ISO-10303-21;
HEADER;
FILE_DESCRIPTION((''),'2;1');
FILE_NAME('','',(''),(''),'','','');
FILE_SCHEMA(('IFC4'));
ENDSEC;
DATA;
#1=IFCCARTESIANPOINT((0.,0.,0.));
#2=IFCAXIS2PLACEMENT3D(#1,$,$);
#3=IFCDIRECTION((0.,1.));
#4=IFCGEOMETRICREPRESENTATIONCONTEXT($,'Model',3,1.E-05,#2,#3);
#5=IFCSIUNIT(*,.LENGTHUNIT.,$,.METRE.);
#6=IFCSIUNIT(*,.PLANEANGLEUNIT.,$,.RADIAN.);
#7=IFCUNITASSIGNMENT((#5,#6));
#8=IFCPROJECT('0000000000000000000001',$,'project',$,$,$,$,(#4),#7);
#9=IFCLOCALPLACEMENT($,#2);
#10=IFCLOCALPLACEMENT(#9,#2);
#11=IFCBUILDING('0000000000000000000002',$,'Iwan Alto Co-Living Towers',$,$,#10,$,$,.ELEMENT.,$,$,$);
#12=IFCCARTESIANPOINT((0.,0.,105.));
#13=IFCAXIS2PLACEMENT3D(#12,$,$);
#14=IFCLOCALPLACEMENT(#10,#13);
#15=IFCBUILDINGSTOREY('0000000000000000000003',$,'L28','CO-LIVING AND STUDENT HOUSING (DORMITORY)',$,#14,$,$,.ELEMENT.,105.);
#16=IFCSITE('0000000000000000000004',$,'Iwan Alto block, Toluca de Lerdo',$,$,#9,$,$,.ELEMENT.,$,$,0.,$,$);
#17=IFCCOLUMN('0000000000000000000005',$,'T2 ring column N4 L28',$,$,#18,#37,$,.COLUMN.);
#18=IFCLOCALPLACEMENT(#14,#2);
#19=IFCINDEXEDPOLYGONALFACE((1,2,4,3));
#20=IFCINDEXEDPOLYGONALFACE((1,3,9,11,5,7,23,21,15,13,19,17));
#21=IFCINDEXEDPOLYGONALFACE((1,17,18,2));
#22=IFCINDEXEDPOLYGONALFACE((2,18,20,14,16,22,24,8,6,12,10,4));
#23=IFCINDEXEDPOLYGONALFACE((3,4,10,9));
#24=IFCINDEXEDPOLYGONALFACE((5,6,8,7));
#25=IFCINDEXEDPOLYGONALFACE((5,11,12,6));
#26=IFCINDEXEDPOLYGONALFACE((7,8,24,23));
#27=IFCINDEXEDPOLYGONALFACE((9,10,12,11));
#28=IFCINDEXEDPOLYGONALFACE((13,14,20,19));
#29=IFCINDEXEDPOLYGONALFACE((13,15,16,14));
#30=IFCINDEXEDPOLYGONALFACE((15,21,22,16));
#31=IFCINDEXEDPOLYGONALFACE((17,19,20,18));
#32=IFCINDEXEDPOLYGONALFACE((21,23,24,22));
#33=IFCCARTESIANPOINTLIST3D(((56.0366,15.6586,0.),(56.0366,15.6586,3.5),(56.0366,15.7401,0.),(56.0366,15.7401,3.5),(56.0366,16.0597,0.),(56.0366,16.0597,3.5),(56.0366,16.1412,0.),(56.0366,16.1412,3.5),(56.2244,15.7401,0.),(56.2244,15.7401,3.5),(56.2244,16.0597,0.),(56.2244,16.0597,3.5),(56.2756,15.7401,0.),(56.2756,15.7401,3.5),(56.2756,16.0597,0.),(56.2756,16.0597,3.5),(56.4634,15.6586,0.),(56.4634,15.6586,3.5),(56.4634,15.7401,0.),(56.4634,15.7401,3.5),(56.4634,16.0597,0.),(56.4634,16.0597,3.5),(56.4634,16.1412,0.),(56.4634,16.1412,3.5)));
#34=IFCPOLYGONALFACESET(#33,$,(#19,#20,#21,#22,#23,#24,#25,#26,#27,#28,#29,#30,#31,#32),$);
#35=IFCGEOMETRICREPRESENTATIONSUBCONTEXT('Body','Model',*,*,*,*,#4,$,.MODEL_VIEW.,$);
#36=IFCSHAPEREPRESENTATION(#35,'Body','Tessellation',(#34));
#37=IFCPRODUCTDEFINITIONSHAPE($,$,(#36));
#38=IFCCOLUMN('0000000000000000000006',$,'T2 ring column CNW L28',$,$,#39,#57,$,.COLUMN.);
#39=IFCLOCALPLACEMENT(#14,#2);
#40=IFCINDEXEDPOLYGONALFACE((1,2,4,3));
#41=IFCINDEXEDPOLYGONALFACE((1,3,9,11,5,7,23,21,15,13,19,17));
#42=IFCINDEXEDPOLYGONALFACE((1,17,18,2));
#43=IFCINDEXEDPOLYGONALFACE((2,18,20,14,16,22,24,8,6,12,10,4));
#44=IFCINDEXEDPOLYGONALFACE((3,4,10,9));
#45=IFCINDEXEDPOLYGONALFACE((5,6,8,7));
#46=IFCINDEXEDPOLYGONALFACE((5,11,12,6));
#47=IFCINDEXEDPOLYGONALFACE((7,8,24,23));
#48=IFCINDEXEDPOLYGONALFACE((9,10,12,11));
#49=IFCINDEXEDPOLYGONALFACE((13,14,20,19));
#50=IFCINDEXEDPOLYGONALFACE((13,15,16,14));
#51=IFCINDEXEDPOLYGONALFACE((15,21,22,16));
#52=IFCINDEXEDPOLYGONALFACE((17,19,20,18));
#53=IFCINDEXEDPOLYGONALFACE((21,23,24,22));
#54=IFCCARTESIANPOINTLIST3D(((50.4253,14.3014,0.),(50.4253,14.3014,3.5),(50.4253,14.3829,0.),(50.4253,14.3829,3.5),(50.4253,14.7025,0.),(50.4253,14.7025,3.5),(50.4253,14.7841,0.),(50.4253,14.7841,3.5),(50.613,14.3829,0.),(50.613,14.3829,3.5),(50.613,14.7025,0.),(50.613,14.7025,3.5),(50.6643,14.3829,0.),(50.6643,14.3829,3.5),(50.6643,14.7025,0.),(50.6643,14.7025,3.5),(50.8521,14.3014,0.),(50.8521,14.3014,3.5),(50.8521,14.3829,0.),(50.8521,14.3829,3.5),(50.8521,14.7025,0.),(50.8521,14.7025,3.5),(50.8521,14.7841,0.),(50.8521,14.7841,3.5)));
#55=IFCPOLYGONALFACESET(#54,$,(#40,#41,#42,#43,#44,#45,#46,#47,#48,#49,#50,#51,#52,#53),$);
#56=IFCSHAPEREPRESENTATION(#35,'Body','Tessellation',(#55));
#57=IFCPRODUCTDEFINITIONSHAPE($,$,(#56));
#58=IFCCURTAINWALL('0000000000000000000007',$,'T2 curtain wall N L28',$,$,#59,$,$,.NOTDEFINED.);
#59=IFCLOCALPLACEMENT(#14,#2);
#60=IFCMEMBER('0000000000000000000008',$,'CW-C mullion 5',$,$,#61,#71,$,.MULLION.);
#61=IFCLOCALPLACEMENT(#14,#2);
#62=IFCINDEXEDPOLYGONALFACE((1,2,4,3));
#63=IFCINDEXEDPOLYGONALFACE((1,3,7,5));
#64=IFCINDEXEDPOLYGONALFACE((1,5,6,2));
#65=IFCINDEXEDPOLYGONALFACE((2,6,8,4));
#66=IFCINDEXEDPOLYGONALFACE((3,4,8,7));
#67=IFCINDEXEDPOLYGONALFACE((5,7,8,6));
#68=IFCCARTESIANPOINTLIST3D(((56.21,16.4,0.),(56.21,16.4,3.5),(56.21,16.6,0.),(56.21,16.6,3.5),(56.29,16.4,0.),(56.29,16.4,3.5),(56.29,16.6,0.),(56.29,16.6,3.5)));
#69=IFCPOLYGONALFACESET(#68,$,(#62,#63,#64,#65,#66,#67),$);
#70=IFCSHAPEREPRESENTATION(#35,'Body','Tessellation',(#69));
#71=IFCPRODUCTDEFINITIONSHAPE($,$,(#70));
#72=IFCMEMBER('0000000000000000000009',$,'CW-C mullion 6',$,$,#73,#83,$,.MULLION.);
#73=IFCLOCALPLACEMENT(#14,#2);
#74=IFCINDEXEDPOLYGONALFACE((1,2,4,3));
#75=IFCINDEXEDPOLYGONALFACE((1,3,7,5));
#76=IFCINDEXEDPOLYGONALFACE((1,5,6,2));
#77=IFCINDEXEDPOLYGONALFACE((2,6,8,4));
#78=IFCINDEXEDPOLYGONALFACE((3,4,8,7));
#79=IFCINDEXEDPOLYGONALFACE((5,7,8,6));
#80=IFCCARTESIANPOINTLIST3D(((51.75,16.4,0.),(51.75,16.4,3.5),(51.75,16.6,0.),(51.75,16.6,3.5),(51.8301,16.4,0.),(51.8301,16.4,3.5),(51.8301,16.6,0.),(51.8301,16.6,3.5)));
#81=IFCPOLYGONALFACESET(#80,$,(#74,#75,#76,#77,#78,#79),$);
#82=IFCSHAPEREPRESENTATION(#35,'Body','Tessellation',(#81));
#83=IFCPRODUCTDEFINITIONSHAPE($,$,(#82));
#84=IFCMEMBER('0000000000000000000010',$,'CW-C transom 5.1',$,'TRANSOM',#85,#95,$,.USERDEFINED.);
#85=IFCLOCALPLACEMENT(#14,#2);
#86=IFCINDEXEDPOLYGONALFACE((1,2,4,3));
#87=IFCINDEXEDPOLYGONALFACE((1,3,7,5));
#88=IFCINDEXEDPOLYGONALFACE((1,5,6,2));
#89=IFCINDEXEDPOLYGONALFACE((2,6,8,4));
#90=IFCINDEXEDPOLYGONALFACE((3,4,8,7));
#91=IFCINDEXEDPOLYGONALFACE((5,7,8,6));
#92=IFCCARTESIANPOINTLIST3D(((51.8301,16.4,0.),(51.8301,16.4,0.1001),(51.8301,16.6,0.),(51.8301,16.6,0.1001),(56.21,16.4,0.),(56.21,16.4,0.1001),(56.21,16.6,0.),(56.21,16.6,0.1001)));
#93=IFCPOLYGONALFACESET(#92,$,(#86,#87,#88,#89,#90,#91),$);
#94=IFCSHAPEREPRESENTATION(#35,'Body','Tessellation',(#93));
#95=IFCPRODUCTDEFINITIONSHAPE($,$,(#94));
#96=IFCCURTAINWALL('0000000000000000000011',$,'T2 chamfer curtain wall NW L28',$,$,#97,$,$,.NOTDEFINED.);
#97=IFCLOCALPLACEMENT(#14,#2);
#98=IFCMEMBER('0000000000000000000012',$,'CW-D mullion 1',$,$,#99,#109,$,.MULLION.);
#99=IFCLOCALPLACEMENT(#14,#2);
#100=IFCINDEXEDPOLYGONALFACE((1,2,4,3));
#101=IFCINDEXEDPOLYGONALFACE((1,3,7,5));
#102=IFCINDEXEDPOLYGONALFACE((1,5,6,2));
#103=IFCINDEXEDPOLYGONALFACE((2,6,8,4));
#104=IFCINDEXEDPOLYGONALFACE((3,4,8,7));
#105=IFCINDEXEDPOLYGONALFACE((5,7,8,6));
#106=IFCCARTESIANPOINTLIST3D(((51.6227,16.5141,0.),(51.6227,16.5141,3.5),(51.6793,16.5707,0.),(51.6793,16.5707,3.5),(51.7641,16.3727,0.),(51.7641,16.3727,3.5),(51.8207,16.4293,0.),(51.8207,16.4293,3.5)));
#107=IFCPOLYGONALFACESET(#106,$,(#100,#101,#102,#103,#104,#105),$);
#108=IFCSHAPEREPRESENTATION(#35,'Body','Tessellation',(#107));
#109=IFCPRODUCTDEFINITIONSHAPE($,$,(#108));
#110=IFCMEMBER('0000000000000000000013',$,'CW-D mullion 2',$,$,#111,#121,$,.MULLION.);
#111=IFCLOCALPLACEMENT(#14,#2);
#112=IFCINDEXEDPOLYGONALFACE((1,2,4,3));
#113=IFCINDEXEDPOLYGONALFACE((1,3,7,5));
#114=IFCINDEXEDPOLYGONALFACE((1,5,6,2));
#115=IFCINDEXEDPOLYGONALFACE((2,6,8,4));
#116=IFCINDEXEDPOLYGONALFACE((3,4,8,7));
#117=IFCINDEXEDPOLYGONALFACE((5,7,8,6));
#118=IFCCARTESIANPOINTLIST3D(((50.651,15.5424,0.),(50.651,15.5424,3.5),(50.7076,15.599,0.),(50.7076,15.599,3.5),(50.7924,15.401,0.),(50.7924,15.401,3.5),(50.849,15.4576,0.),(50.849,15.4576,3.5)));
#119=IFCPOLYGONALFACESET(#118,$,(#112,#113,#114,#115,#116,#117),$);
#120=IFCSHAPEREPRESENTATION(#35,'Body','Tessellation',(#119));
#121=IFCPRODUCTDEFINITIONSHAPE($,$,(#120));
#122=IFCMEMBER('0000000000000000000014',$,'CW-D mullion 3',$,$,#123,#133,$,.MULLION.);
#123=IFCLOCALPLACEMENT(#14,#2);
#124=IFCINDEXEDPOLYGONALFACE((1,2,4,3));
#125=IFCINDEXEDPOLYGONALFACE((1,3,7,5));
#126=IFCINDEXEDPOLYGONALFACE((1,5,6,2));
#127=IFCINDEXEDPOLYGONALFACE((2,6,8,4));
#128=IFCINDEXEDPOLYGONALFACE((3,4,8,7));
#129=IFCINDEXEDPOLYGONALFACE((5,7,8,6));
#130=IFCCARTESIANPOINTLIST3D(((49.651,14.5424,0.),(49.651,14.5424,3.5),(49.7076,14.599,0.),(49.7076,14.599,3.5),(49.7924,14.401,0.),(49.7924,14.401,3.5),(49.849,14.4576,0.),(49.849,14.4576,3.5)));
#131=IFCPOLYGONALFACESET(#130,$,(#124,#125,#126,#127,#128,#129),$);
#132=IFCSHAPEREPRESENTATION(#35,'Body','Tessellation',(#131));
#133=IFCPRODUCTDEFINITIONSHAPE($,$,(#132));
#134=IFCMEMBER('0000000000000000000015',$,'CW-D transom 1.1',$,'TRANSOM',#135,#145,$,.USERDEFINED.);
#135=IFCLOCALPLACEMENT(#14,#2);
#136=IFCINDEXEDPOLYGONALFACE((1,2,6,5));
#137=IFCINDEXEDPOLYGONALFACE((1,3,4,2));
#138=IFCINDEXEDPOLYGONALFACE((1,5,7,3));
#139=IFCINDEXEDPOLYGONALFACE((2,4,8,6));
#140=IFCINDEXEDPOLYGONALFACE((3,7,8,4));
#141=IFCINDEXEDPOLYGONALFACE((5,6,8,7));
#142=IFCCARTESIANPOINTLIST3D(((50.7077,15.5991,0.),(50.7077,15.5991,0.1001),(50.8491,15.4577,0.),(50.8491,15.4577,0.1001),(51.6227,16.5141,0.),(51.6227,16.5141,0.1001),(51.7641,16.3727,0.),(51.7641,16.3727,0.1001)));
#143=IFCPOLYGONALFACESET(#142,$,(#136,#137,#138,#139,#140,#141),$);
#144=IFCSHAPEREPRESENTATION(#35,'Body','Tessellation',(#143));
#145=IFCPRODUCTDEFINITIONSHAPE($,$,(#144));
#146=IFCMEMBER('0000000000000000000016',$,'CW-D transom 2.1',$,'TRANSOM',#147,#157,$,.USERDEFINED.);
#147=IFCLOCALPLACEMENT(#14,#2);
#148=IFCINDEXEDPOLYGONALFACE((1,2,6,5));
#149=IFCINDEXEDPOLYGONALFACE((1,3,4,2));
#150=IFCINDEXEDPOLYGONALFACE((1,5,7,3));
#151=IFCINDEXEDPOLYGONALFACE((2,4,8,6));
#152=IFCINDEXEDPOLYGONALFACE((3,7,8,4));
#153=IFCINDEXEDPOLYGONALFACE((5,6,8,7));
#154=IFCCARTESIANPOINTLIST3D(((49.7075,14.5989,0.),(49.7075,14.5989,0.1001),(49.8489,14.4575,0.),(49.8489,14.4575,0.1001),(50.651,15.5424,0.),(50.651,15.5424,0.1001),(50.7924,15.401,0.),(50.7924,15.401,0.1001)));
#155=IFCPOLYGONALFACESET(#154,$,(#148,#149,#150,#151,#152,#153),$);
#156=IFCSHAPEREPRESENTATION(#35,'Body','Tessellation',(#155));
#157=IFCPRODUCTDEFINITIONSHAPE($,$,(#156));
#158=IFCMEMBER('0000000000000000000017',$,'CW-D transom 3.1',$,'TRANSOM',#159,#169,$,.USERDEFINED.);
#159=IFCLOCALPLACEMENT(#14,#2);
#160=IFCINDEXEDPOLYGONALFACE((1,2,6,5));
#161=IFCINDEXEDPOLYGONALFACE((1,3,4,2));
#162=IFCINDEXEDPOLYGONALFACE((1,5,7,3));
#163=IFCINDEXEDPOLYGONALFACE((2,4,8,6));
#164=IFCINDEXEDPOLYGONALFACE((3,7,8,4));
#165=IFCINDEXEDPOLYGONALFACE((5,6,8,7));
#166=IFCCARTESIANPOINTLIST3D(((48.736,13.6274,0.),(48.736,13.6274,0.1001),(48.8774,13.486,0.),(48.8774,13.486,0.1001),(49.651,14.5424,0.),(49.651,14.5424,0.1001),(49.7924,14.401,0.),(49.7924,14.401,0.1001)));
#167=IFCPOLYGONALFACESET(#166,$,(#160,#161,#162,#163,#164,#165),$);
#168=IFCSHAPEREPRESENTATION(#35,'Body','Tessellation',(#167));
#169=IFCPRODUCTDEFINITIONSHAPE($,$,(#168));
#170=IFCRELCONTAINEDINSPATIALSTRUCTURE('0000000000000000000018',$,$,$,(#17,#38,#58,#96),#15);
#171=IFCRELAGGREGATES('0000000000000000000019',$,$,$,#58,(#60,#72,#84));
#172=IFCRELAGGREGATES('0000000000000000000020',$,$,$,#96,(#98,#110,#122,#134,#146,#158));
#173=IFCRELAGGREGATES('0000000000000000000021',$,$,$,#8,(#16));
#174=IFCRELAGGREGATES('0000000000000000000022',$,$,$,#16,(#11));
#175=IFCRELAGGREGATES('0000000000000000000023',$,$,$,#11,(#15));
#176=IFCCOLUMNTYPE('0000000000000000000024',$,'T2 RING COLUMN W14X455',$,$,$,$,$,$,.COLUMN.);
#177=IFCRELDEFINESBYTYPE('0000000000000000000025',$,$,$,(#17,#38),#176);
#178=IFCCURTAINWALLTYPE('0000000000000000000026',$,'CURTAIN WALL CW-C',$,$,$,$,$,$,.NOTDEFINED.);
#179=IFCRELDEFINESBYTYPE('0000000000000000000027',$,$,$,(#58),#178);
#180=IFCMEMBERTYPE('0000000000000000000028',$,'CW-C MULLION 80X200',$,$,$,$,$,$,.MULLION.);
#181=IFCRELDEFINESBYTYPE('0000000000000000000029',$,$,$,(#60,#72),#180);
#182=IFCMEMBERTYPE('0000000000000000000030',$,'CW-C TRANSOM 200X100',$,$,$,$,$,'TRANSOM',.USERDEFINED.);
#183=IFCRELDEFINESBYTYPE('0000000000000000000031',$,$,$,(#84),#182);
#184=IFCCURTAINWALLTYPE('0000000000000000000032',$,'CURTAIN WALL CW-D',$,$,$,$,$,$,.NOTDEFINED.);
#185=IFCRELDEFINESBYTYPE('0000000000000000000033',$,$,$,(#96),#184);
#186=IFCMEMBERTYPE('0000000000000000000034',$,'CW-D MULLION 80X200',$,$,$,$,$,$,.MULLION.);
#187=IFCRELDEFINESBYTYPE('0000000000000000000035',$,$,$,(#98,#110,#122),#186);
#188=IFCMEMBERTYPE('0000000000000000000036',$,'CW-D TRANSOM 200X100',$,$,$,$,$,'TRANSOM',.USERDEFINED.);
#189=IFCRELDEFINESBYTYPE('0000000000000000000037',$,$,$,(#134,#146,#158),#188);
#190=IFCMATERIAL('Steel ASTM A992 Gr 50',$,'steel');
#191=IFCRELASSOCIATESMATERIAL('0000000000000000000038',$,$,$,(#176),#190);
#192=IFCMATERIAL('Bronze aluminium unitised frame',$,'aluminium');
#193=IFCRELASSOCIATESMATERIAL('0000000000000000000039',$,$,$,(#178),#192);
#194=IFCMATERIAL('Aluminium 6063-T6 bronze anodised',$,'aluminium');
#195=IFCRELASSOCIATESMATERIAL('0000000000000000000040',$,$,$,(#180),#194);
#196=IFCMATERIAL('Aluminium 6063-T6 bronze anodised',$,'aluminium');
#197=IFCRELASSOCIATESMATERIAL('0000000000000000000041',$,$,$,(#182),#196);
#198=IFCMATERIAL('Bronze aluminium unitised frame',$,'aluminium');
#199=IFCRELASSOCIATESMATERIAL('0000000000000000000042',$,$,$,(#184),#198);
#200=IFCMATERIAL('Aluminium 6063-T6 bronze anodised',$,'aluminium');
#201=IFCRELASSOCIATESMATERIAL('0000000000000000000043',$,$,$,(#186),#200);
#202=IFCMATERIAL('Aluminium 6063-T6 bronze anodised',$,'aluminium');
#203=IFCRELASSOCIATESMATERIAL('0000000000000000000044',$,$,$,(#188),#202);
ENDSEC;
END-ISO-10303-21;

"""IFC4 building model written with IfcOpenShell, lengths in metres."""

from ifc_helpers import new_model, si_unit, direction, frame, origin, origin_2d, place, context, subcontext, project, spatial, rectangle, i_section, extrude, material, material_profile, profile_set, type_object, element, aggregate, save


model = new_model("IFC4")

# Units and contexts
model_context = context("Model", 3, precision=1e-05, world=origin(), true_north=direction((0.0, 1.0)))
body_context = subcontext(model_context, "Body", "Model", "MODEL_VIEW")
ifc_project = project(units=[si_unit("LENGTHUNIT", "METRE"), si_unit("PLANEANGLEUNIT", "RADIAN")], contexts=[model_context])

# Site, building, storey
site_placement = place(None, origin())
site = spatial("IfcSite", under=ifc_project, at=site_placement, Name="Iwan Alto block, Toluca de Lerdo", CompositionType="ELEMENT", RefElevation=0.0)
building_placement = place(site_placement, origin())
building = spatial("IfcBuilding", under=site, at=building_placement, Name="Iwan Alto Co-Living Towers", CompositionType="ELEMENT")
storey_placement = place(building_placement, frame((0.0, 0.0, 105.0)))
storey = spatial("IfcBuildingStorey", under=building, at=storey_placement, Name="L28", Description="CO-LIVING AND STUDENT HOUSING (DORMITORY)", CompositionType="ELEMENT", Elevation=105.0)

# Columns
ifc_material_1 = material(Name="Steel ASTM A992 Gr 50", Category="steel")
ifc_material_profile_1 = material_profile(ifc_material_1, i_section(OverallWidth=0.4268, OverallDepth=0.4827, WebThickness=0.0513, FlangeThickness=0.0815, at=origin_2d()), Name="W14X455")
ifc_profile_set_1 = profile_set([ifc_material_profile_1], Name="Steel ASTM A992 Gr 50")
column_type = type_object("IfcColumnType", Name="T2 RING COLUMN W14X455", PredefinedType="COLUMN", material=ifc_profile_set_1)
for number, where, z_axis, x_axis, name in (
    (1, (56.25, 15.8999, 0.0), (0.0, 0.0, 1.0), (1.0, 0.0, 0.0), "T2 ring column N4 L28"),
    (2, (50.6387, 14.5427, 0.0), (0.0, 0.0, 1.0), (1.0, 0.0, 0.0), "T2 ring column CNW L28"),
):
    element("IfcColumn", number, at=place(storey_placement, frame(where, z_axis=z_axis, x_axis=x_axis)), inside=storey, type_object=column_type, Name=name, PredefinedType="COLUMN", context=body_context, shape_type="SweptSolid", body=[
        extrude(i_section(OverallWidth=0.4268, OverallDepth=0.4827, WebThickness=0.0513, FlangeThickness=0.0815, at=origin_2d()), origin(), (0.0, 0.0, 1.0), 3.5),
    ])

# Curtain walls, members
ifc_material_2 = material(Name="Bronze aluminium unitised frame", Category="aluminium")
curtain_wall_type_1 = type_object("IfcCurtainWallType", Name="CURTAIN WALL CW-C", PredefinedType="NOTDEFINED", material=ifc_material_2)
curtain_wall_1_placement = place(storey_placement, origin())
curtain_wall_1 = element("IfcCurtainWall", 3, at=curtain_wall_1_placement, inside=storey, type_object=curtain_wall_type_1, Name="T2 curtain wall N L28", PredefinedType="NOTDEFINED")
ifc_material_3 = material(Name="Aluminium 6063-T6 bronze anodised", Category="aluminium")
ifc_material_profile_2 = material_profile(ifc_material_3, rectangle(XDim=0.2, YDim=0.0801, at=origin_2d()), Name="AL 80X200")
ifc_profile_set_2 = profile_set([ifc_material_profile_2], Name="Aluminium 6063-T6 bronze anodised")
member_type_1 = type_object("IfcMemberType", Name="CW-C MULLION 80X200", PredefinedType="MULLION", material=ifc_profile_set_2)
member_1_placement = place(storey_placement, frame((56.25, 16.5, 0.0), z_axis=(0.0, 0.0, 1.0), x_axis=(0.0, -1.0, 0.0)))
member_1 = element("IfcMember", 4, at=member_1_placement, type_object=member_type_1, Name="CW-C mullion 5", PredefinedType="MULLION", context=body_context, shape_type="SweptSolid", body=[
    extrude(rectangle(XDim=0.2, YDim=0.0801, at=origin_2d()), origin(), (0.0, 0.0, 1.0), 3.5),
])
member_2_placement = place(storey_placement, frame((51.79, 16.5, 0.0), z_axis=(0.0, 0.0, 1.0), x_axis=(0.0, -1.0, 0.0)))
member_2 = element("IfcMember", 5, at=member_2_placement, type_object=member_type_1, Name="CW-C mullion 6", PredefinedType="MULLION", context=body_context, shape_type="SweptSolid", body=[
    extrude(rectangle(XDim=0.2, YDim=0.0801, at=origin_2d()), origin(), (0.0, 0.0, 1.0), 3.5),
])
ifc_material_4 = material(Name="Aluminium 6063-T6 bronze anodised", Category="aluminium")
ifc_material_profile_3 = material_profile(ifc_material_4, rectangle(XDim=0.2, YDim=0.1001, at=origin_2d()), Name="AL 200X100")
ifc_profile_set_3 = profile_set([ifc_material_profile_3], Name="Aluminium 6063-T6 bronze anodised")
member_type_2 = type_object("IfcMemberType", Name="CW-C TRANSOM 200X100", ElementType="TRANSOM", PredefinedType="USERDEFINED", material=ifc_profile_set_3)
member_3_placement = place(storey_placement, frame((56.21, 16.5, 0.05), z_axis=(-1.0, 0.0, 0.0), x_axis=(0.0, -1.0, 0.0)))
member_3 = element("IfcMember", 6, at=member_3_placement, type_object=member_type_2, Name="CW-C transom 5.1", ObjectType="TRANSOM", PredefinedType="USERDEFINED", context=body_context, shape_type="SweptSolid", body=[
    extrude(rectangle(XDim=0.2, YDim=0.1001, at=origin_2d()), origin(), (0.0, 0.0, 1.0), 4.3799),
])
ifc_material_5 = material(Name="Bronze aluminium unitised frame", Category="aluminium")
curtain_wall_type_2 = type_object("IfcCurtainWallType", Name="CURTAIN WALL CW-D", PredefinedType="NOTDEFINED", material=ifc_material_5)
curtain_wall_2_placement = place(storey_placement, origin())
curtain_wall_2 = element("IfcCurtainWall", 7, at=curtain_wall_2_placement, inside=storey, type_object=curtain_wall_type_2, Name="T2 chamfer curtain wall NW L28", PredefinedType="NOTDEFINED")
ifc_material_6 = material(Name="Aluminium 6063-T6 bronze anodised", Category="aluminium")
ifc_material_profile_4 = material_profile(ifc_material_6, rectangle(XDim=0.2, YDim=0.0801, at=origin_2d()), Name="AL 80X200")
ifc_profile_set_4 = profile_set([ifc_material_profile_4], Name="Aluminium 6063-T6 bronze anodised")
member_type_3 = type_object("IfcMemberType", Name="CW-D MULLION 80X200", PredefinedType="MULLION", material=ifc_profile_set_4)
member_4_placement = place(storey_placement, frame((51.7217, 16.4717, 0.0), z_axis=(0.0, 0.0, 1.0), x_axis=(0.707107, -0.707107, 0.0)))
member_4 = element("IfcMember", 8, at=member_4_placement, type_object=member_type_3, Name="CW-D mullion 1", PredefinedType="MULLION", context=body_context, shape_type="SweptSolid", body=[
    extrude(rectangle(XDim=0.2, YDim=0.0801, at=origin_2d()), origin(), (0.0, 0.0, 1.0), 3.5),
])
member_5_placement = place(storey_placement, frame((50.75, 15.5, 0.0), z_axis=(0.0, 0.0, 1.0), x_axis=(0.707107, -0.707107, 0.0)))
member_5 = element("IfcMember", 9, at=member_5_placement, type_object=member_type_3, Name="CW-D mullion 2", PredefinedType="MULLION", context=body_context, shape_type="SweptSolid", body=[
    extrude(rectangle(XDim=0.2, YDim=0.0801, at=origin_2d()), origin(), (0.0, 0.0, 1.0), 3.5),
])
member_6_placement = place(storey_placement, frame((49.75, 14.5, 0.0), z_axis=(0.0, 0.0, 1.0), x_axis=(0.707107, -0.707107, 0.0)))
member_6 = element("IfcMember", 10, at=member_6_placement, type_object=member_type_3, Name="CW-D mullion 3", PredefinedType="MULLION", context=body_context, shape_type="SweptSolid", body=[
    extrude(rectangle(XDim=0.2, YDim=0.0801, at=origin_2d()), origin(), (0.0, 0.0, 1.0), 3.5),
])
ifc_material_7 = material(Name="Aluminium 6063-T6 bronze anodised", Category="aluminium")
ifc_material_profile_5 = material_profile(ifc_material_7, rectangle(XDim=0.2, YDim=0.1001, at=origin_2d()), Name="AL 200X100")
ifc_profile_set_5 = profile_set([ifc_material_profile_5], Name="Aluminium 6063-T6 bronze anodised")
member_type_4 = type_object("IfcMemberType", Name="CW-D TRANSOM 200X100", ElementType="TRANSOM", PredefinedType="USERDEFINED", material=ifc_profile_set_5)
member_7_placement = place(storey_placement, frame((51.6934, 16.4434, 0.05), z_axis=(-0.707107, -0.707107, 0.0), x_axis=(0.707107, -0.707107, 0.0)))
member_7 = element("IfcMember", 11, at=member_7_placement, type_object=member_type_4, Name="CW-D transom 1.1", ObjectType="TRANSOM", PredefinedType="USERDEFINED", context=body_context, shape_type="SweptSolid", body=[
    extrude(rectangle(XDim=0.2, YDim=0.1001, at=origin_2d()), origin(), (0.0, 0.0, 1.0), 1.2939),
])
member_8_placement = place(storey_placement, frame((50.7217, 15.4717, 0.05), z_axis=(-0.707107, -0.707107, 0.0), x_axis=(0.707107, -0.707107, 0.0)))
member_8 = element("IfcMember", 12, at=member_8_placement, type_object=member_type_4, Name="CW-D transom 2.1", ObjectType="TRANSOM", PredefinedType="USERDEFINED", context=body_context, shape_type="SweptSolid", body=[
    extrude(rectangle(XDim=0.2, YDim=0.1001, at=origin_2d()), origin(), (0.0, 0.0, 1.0), 1.3342),
])
member_9_placement = place(storey_placement, frame((49.7217, 14.4717, 0.05), z_axis=(-0.707107, -0.707107, 0.0), x_axis=(0.707107, -0.707107, 0.0)))
member_9 = element("IfcMember", 13, at=member_9_placement, type_object=member_type_4, Name="CW-D transom 3.1", ObjectType="TRANSOM", PredefinedType="USERDEFINED", context=body_context, shape_type="SweptSolid", body=[
    extrude(rectangle(XDim=0.2, YDim=0.1001, at=origin_2d()), origin(), (0.0, 0.0, 1.0), 1.2939),
])

aggregate(curtain_wall_1, [member_1, member_2, member_3])
aggregate(curtain_wall_2, [member_4, member_5, member_6, member_7, member_8, member_9])

save(model, "model.ifc")
